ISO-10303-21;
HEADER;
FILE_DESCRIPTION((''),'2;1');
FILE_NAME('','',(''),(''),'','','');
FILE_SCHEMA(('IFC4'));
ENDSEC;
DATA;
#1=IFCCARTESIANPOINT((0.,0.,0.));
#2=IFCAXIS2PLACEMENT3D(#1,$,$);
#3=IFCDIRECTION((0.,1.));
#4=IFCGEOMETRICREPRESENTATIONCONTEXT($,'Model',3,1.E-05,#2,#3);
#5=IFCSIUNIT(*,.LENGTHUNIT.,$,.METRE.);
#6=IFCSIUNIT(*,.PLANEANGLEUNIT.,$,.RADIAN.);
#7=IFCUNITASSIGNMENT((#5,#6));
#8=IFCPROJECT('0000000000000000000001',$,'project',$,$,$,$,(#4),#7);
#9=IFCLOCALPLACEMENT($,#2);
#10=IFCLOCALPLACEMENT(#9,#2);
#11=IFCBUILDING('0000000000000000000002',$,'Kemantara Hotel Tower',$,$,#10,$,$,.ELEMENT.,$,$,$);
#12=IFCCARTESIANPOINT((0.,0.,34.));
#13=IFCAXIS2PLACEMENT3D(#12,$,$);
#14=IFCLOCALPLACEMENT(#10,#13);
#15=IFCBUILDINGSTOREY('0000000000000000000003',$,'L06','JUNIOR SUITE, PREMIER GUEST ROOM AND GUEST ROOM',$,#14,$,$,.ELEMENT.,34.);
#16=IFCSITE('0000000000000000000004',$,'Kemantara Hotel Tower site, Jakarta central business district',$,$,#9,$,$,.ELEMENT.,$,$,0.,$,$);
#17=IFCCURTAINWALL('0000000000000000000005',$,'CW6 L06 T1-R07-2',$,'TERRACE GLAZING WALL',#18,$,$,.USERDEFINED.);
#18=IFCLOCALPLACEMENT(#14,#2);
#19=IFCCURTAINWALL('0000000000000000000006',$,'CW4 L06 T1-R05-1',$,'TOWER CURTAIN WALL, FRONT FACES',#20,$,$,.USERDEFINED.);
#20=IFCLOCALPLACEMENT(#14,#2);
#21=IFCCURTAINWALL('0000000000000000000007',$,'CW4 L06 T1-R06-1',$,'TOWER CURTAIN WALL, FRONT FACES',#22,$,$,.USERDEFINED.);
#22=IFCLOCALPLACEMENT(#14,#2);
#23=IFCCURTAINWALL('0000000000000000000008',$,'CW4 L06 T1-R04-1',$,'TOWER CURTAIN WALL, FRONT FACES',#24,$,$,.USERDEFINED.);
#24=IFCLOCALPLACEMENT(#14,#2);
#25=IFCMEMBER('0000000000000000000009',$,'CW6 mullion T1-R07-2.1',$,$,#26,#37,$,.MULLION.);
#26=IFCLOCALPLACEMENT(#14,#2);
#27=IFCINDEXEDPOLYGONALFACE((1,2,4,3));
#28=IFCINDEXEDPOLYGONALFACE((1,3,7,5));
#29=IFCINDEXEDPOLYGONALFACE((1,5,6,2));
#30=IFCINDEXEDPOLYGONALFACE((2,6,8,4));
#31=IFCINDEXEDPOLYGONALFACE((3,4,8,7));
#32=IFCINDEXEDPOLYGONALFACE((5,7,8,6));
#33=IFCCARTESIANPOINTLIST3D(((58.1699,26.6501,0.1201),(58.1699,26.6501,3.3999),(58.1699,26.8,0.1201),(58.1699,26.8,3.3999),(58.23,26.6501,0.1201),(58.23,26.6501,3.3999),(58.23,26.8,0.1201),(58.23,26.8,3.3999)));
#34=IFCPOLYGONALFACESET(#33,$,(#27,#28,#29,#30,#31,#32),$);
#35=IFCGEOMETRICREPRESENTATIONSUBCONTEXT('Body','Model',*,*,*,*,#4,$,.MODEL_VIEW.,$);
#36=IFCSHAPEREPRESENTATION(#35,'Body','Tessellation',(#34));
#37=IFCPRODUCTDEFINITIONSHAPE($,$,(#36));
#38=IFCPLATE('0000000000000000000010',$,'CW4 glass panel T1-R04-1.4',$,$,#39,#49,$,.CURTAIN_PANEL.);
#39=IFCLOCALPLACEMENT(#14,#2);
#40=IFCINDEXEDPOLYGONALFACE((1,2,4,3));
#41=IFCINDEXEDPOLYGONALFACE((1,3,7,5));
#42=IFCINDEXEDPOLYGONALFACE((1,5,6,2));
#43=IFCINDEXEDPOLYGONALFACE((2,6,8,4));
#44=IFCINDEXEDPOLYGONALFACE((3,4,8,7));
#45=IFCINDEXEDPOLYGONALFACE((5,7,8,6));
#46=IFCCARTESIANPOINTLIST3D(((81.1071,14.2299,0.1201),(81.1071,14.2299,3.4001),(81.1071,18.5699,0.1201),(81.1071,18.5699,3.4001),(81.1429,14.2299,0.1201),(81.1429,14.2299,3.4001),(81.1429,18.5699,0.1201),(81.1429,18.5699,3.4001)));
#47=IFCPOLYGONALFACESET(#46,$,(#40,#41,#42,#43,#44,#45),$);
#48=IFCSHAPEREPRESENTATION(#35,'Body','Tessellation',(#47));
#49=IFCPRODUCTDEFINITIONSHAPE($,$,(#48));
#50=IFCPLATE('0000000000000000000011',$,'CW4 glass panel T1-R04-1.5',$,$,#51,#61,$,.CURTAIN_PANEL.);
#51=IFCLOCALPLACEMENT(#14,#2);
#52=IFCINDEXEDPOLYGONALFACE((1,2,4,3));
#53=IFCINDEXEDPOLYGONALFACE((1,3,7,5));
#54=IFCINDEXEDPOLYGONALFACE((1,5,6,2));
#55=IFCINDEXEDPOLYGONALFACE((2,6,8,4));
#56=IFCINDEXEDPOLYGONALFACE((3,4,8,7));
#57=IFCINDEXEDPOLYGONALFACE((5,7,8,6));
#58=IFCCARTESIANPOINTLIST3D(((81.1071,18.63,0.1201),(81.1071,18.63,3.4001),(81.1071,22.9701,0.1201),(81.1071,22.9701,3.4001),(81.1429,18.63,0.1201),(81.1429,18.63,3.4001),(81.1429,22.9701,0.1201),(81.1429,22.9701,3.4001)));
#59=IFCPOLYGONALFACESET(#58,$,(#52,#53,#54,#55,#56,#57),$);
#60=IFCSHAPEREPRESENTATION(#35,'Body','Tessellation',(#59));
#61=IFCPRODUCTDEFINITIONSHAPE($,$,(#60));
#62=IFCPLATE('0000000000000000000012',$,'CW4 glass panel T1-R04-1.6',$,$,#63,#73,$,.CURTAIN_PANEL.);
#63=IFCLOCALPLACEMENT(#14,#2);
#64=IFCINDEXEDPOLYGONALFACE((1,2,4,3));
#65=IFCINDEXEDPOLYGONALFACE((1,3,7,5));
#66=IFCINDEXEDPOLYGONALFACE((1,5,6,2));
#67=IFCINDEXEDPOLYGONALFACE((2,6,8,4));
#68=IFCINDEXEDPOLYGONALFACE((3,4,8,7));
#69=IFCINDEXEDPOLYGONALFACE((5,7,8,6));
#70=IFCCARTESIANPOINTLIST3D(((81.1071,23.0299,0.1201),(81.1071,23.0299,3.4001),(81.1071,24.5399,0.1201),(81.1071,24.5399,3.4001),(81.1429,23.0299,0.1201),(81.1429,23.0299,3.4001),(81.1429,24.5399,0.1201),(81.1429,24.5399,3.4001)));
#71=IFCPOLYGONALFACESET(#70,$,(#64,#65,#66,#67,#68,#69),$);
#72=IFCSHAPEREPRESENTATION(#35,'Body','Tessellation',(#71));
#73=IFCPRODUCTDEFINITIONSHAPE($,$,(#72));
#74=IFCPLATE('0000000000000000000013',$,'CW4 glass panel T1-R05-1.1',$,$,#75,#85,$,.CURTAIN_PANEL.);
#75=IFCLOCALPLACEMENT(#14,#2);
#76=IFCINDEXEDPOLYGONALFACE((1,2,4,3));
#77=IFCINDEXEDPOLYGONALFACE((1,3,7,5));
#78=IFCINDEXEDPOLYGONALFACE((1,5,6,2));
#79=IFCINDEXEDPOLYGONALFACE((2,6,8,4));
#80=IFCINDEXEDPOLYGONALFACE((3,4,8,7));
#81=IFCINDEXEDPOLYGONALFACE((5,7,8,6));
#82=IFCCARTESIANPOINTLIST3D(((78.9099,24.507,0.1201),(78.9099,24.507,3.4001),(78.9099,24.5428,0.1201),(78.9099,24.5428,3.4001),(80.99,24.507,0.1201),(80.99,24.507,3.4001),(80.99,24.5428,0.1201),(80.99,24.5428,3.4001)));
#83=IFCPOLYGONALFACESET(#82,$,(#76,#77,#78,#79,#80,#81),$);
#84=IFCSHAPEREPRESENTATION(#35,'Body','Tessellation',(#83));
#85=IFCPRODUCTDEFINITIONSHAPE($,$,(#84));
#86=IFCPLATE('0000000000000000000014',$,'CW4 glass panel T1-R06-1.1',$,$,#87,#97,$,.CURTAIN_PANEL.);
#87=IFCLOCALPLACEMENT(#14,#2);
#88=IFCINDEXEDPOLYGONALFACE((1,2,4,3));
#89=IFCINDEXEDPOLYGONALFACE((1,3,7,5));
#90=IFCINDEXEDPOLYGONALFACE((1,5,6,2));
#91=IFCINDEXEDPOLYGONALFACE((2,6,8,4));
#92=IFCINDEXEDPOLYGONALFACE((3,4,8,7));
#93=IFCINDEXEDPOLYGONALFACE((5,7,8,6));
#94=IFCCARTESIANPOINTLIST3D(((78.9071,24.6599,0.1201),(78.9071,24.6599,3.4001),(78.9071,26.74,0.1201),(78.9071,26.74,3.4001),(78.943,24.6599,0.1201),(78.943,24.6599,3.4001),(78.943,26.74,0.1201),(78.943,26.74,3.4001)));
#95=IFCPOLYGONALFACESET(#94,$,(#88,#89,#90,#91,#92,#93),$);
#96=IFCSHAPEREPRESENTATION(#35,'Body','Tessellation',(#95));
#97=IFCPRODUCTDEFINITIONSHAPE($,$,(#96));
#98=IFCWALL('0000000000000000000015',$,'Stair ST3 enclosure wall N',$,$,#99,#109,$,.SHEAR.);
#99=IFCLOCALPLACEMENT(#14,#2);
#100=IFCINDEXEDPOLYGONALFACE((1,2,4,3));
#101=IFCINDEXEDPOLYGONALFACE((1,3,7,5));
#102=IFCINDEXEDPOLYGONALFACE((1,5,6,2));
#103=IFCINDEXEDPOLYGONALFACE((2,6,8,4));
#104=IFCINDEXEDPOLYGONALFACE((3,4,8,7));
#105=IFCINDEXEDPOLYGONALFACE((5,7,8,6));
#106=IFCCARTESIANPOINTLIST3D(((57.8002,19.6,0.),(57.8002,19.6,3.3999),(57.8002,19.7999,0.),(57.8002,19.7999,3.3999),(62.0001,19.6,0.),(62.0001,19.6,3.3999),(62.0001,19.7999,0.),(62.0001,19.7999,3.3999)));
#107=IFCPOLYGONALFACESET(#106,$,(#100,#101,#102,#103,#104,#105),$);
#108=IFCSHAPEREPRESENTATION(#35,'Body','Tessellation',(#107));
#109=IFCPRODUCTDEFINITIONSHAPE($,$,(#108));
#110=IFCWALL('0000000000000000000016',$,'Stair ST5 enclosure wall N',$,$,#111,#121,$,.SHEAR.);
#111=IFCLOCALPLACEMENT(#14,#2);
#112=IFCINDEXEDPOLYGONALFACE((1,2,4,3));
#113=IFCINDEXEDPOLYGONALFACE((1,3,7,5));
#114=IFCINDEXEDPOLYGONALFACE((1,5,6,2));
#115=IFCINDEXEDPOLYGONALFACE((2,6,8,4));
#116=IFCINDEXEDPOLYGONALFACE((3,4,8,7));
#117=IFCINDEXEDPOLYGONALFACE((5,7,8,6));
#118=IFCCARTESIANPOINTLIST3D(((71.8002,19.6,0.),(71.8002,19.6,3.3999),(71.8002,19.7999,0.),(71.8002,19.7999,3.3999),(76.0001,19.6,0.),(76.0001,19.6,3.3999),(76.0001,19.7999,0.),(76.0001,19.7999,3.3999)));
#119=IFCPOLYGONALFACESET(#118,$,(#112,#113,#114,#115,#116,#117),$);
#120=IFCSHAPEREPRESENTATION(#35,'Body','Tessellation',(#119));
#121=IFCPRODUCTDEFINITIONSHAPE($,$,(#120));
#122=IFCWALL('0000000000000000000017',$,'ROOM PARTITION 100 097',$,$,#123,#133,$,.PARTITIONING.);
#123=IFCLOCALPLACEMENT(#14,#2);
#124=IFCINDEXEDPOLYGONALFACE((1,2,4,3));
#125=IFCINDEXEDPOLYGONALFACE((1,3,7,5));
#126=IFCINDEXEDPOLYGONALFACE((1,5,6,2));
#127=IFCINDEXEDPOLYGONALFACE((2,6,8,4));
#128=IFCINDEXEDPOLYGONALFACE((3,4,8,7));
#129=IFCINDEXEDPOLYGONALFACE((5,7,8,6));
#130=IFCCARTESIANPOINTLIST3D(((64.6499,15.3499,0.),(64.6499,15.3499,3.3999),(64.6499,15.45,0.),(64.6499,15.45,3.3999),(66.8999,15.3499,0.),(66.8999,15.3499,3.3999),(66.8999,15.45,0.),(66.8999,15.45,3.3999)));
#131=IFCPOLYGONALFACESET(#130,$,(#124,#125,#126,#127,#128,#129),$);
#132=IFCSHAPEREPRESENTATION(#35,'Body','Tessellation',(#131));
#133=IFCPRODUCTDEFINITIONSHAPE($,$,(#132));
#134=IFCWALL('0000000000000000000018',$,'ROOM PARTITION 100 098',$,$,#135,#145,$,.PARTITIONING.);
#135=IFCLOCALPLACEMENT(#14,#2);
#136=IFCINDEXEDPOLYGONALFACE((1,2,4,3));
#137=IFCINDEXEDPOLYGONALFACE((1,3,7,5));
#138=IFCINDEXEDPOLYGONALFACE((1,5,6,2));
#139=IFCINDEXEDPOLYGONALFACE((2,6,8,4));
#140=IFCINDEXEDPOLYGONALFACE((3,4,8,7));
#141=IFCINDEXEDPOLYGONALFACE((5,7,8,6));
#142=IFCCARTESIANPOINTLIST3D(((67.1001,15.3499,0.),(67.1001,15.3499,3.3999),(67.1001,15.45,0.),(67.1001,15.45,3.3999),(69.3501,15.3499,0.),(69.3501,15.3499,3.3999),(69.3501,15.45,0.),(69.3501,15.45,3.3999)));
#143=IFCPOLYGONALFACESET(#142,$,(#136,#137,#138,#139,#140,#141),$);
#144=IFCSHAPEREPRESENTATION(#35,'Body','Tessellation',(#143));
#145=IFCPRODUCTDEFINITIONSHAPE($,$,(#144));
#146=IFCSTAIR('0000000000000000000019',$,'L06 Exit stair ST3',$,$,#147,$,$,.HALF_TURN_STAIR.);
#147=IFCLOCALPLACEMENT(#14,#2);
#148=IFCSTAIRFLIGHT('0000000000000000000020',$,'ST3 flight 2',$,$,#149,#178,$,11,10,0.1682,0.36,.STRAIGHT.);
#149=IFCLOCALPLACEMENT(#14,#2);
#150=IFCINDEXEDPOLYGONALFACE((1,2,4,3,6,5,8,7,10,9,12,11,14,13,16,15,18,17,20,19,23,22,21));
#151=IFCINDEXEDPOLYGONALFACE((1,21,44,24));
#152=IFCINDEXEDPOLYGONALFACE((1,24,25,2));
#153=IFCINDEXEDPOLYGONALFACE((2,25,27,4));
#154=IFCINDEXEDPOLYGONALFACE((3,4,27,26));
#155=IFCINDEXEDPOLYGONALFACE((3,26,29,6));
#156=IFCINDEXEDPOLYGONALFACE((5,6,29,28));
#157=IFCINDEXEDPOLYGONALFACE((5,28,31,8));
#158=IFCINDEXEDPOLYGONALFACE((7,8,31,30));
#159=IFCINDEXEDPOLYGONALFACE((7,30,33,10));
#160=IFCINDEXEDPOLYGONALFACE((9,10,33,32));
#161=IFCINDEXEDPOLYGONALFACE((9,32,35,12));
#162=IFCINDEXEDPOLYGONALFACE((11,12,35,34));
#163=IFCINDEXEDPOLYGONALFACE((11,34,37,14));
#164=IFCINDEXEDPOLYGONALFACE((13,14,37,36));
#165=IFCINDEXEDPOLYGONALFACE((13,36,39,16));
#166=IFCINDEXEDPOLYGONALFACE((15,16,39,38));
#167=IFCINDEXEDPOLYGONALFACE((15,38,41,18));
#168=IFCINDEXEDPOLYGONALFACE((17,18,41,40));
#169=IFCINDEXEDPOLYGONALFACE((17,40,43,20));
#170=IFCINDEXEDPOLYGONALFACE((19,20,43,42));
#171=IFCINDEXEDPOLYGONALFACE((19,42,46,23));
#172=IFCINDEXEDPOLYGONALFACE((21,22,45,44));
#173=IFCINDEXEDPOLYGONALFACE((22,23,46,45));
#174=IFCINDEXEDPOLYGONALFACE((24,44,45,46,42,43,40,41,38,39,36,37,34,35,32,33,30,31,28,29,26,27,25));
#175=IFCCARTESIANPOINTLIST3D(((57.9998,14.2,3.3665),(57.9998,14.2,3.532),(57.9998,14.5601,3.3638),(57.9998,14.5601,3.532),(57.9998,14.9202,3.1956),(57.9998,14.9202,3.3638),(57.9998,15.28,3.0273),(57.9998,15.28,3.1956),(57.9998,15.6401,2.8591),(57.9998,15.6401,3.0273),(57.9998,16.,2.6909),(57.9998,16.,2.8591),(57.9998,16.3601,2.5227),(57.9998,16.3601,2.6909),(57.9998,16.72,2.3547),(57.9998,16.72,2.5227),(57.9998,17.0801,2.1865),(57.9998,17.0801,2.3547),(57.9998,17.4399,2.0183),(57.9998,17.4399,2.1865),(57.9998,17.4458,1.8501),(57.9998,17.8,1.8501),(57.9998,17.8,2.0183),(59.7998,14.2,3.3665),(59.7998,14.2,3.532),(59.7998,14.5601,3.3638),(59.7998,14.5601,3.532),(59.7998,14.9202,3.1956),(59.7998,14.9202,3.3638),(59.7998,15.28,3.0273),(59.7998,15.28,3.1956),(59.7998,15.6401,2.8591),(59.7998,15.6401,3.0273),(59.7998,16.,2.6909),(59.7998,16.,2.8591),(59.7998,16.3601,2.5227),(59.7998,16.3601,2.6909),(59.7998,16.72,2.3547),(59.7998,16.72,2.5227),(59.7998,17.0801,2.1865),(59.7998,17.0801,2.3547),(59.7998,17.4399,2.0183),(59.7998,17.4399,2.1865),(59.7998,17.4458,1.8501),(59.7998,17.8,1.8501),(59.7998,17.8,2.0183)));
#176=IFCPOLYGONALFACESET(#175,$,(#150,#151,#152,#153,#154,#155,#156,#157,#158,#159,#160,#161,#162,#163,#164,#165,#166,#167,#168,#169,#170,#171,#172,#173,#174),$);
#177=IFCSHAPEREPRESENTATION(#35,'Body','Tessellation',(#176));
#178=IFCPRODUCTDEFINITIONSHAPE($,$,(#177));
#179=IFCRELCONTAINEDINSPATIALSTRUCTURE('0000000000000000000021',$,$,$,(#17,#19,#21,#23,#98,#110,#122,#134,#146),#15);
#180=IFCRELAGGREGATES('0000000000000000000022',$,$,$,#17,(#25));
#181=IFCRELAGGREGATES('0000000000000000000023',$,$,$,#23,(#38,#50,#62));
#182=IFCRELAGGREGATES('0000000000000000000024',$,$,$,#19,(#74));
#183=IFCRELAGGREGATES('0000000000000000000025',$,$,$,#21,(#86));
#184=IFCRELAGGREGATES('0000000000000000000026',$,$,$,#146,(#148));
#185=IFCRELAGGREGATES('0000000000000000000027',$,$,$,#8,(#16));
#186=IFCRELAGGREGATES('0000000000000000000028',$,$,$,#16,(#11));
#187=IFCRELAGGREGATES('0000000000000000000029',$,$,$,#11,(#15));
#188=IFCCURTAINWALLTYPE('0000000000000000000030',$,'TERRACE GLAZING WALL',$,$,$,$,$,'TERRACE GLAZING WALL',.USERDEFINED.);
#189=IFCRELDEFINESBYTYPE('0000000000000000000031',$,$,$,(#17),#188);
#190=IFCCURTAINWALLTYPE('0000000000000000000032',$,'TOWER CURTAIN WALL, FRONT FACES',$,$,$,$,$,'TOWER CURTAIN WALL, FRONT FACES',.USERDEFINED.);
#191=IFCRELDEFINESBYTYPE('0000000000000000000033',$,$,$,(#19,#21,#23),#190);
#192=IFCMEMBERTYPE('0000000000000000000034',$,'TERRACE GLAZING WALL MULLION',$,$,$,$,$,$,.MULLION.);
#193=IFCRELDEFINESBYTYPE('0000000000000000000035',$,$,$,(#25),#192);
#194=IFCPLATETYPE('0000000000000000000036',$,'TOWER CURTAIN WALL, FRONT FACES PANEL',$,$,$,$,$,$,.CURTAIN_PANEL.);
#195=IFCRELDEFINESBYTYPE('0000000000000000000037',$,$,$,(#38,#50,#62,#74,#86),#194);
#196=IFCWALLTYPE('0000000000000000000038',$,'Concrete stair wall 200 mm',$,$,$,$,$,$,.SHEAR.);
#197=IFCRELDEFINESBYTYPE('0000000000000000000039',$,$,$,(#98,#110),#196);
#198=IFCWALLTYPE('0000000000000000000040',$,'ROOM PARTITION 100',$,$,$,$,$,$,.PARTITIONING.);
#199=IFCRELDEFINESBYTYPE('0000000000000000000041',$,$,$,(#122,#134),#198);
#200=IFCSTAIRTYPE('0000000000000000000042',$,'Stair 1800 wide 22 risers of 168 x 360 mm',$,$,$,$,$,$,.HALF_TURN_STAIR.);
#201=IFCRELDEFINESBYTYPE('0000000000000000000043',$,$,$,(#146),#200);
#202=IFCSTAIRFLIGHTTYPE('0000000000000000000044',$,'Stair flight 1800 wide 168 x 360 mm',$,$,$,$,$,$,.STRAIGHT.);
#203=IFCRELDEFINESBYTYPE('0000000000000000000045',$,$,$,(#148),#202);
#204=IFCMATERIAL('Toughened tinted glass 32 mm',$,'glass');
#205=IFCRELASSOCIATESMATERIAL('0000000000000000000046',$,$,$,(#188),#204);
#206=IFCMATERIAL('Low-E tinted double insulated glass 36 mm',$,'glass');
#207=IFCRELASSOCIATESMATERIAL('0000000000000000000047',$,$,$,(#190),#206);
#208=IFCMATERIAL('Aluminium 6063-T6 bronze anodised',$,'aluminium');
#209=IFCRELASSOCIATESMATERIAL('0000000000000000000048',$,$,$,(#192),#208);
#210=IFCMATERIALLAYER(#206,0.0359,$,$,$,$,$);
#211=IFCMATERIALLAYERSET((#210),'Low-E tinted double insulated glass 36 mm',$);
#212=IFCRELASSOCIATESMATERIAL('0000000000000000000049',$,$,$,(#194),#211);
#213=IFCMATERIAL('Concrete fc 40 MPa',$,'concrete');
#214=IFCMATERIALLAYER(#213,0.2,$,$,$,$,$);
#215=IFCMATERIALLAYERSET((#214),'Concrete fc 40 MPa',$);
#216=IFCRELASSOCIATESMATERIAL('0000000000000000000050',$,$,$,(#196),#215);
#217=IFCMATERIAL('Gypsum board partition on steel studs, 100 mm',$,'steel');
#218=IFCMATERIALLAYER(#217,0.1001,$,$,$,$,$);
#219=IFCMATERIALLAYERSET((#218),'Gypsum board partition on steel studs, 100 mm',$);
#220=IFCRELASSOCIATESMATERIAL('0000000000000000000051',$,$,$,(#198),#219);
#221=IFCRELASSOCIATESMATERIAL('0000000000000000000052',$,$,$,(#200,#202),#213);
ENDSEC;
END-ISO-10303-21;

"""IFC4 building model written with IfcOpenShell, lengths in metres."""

from ifc_helpers import new_model, si_unit, direction, frame, frame_2d, origin, origin_2d, place, context, subcontext, project, spatial, polyline, rectangle, outline, extrude, source, transform, mapped, material, layer, layer_set, material_profile, profile_set, type_object, element, aggregate, save


model = new_model("IFC4")

# Units and contexts
model_context = context("Model", 3, precision=1e-05, world=origin(), true_north=direction((0.0, 1.0)))
body_context = subcontext(model_context, "Body", "Model", "MODEL_VIEW")
ifc_project = project(units=[si_unit("LENGTHUNIT", "METRE"), si_unit("PLANEANGLEUNIT", "RADIAN")], contexts=[model_context])

# Site, building, storey
site_placement = place(None, origin())
site = spatial("IfcSite", under=ifc_project, at=site_placement, Name="Kemantara Hotel Tower site, Jakarta central business district", CompositionType="ELEMENT", RefElevation=0.0)
building_placement = place(site_placement, origin())
building = spatial("IfcBuilding", under=site, at=building_placement, Name="Kemantara Hotel Tower", CompositionType="ELEMENT")
storey_placement = place(building_placement, frame((0.0, 0.0, 34.0)))
storey = spatial("IfcBuildingStorey", under=building, at=storey_placement, Name="L06", Description="JUNIOR SUITE, PREMIER GUEST ROOM AND GUEST ROOM", CompositionType="ELEMENT", Elevation=34.0)

# Curtain walls
ifc_material_1 = material(Name="Toughened tinted glass 32 mm", Category="glass")
curtain_wall_type_1 = type_object("IfcCurtainWallType", Name="TERRACE GLAZING WALL", ElementType="TERRACE GLAZING WALL", PredefinedType="USERDEFINED", material=ifc_material_1)
curtain_wall_1_placement = place(storey_placement, origin())
curtain_wall_1 = element("IfcCurtainWall", 1, at=curtain_wall_1_placement, inside=storey, type_object=curtain_wall_type_1, Name="CW6 L06 T1-R07-2", ObjectType="TERRACE GLAZING WALL", PredefinedType="USERDEFINED")
ifc_material_2 = material(Name="Aluminium 6063-T6 bronze anodised", Category="aluminium")
ifc_material_3 = material(Name="Low-E tinted double insulated glass 36 mm", Category="glass")
curtain_wall_type_2 = type_object("IfcCurtainWallType", Name="TOWER CURTAIN WALL, FRONT FACES", ElementType="TOWER CURTAIN WALL, FRONT FACES", PredefinedType="USERDEFINED", material=ifc_material_3)
curtain_wall_2_placement = place(storey_placement, origin())
curtain_wall_2 = element("IfcCurtainWall", 2, at=curtain_wall_2_placement, inside=storey, type_object=curtain_wall_type_2, Name="CW4 L06 T1-R05-1", ObjectType="TOWER CURTAIN WALL, FRONT FACES", PredefinedType="USERDEFINED")
curtain_wall_3_placement = place(storey_placement, origin())
curtain_wall_3 = element("IfcCurtainWall", 3, at=curtain_wall_3_placement, inside=storey, type_object=curtain_wall_type_2, Name="CW4 L06 T1-R06-1", ObjectType="TOWER CURTAIN WALL, FRONT FACES", PredefinedType="USERDEFINED")

# Curtain wall
curtain_wall_4_placement = place(storey_placement, origin())
curtain_wall_4 = element("IfcCurtainWall", 4, at=curtain_wall_4_placement, inside=storey, type_object=curtain_wall_type_2, Name="CW4 L06 T1-R04-1", ObjectType="TOWER CURTAIN WALL, FRONT FACES", PredefinedType="USERDEFINED")

# Member
ifc_material_profile_1 = material_profile(ifc_material_2, rectangle(XDim=0.1499, YDim=0.0601, at=origin_2d()), Name="TERRACE GLAZING WALL MULLION")
ifc_profile_set_1 = profile_set([ifc_material_profile_1], Name="Aluminium 6063-T6 bronze anodised")
member_type_1 = type_object("IfcMemberType", Name="TERRACE GLAZING WALL MULLION", PredefinedType="MULLION", material=ifc_profile_set_1)
shared_shape_1 = source(origin(), body_context, "Body", "SweptSolid", [
    extrude(rectangle(XDim=0.1499, YDim=0.0601, at=origin_2d()), origin(), (0.0, 0.0, 1.0), 3.2798),
])
member_1_placement = place(storey_placement, frame((58.2, 26.7251, 0.1201), z_axis=(0.0, 0.0, 1.0), x_axis=(0.0, -1.0, 0.0)))
member_1 = element("IfcMember", 5, at=member_1_placement, type_object=member_type_1, Name="CW6 mullion T1-R07-2.1", PredefinedType="MULLION", context=body_context, shape_type="MappedRepresentation", body=[
    mapped(shared_shape_1, transform((0.0, 0.0, 0.0))),
])
aggregate(curtain_wall_1, [member_1])

# Plates
ifc_layer_1 = layer(ifc_material_3, 0.0359)
ifc_layer_set_1 = layer_set([ifc_layer_1], Name="Low-E tinted double insulated glass 36 mm")
plate_type = type_object("IfcPlateType", Name="TOWER CURTAIN WALL, FRONT FACES PANEL", PredefinedType="CURTAIN_PANEL", material=ifc_layer_set_1)
shared_shape_2 = source(origin(), body_context, "Body", "SweptSolid", [
    extrude(rectangle(XDim=4.3401, YDim=0.0359, at=origin_2d()), origin(), (0.0, 0.0, 1.0), 3.28),
])
plate_1_placement = place(storey_placement, frame((81.125, 16.3999, 0.1201), z_axis=(0.0, 0.0, 1.0), x_axis=(0.0, 1.0, 0.0)))
plate_1 = element("IfcPlate", 6, at=plate_1_placement, type_object=plate_type, Name="CW4 glass panel T1-R04-1.4", PredefinedType="CURTAIN_PANEL", context=body_context, shape_type="MappedRepresentation", body=[
    mapped(shared_shape_2, transform((0.0, 0.0, 0.0))),
])
plate_2_placement = place(storey_placement, frame((81.125, 20.8, 0.1201), z_axis=(0.0, 0.0, 1.0), x_axis=(0.0, 1.0, 0.0)))
plate_2 = element("IfcPlate", 7, at=plate_2_placement, type_object=plate_type, Name="CW4 glass panel T1-R04-1.5", PredefinedType="CURTAIN_PANEL", context=body_context, shape_type="MappedRepresentation", body=[
    mapped(shared_shape_2, transform((0.0, 0.0, 0.0))),
])
shared_shape_3 = source(origin(), body_context, "Body", "SweptSolid", [
    extrude(rectangle(XDim=1.51, YDim=0.0359, at=origin_2d()), origin(), (0.0, 0.0, 1.0), 3.28),
])
plate_3_placement = place(storey_placement, frame((81.125, 23.7849, 0.1201), z_axis=(0.0, 0.0, 1.0), x_axis=(0.0, 1.0, 0.0)))
plate_3 = element("IfcPlate", 8, at=plate_3_placement, type_object=plate_type, Name="CW4 glass panel T1-R04-1.6", PredefinedType="CURTAIN_PANEL", context=body_context, shape_type="MappedRepresentation", body=[
    mapped(shared_shape_3, transform((0.0, 0.0, 0.0))),
])
aggregate(curtain_wall_4, [plate_1, plate_2, plate_3])
shared_shape_4 = source(origin(), body_context, "Body", "SweptSolid", [
    extrude(rectangle(XDim=2.0801, YDim=0.0359, at=origin_2d()), origin(), (0.0, 0.0, 1.0), 3.28),
])
plate_4_placement = place(storey_placement, frame((79.95, 24.5249, 0.1201), z_axis=(0.0, 0.0, 1.0), x_axis=(-1.0, 0.0, 0.0)))
plate_4 = element("IfcPlate", 9, at=plate_4_placement, type_object=plate_type, Name="CW4 glass panel T1-R05-1.1", PredefinedType="CURTAIN_PANEL", context=body_context, shape_type="MappedRepresentation", body=[
    mapped(shared_shape_4, transform((0.0, 0.0, 0.0))),
])
aggregate(curtain_wall_2, [plate_4])
plate_5_placement = place(storey_placement, frame((78.925, 25.7, 0.1201), z_axis=(0.0, 0.0, 1.0), x_axis=(0.0, 1.0, 0.0)))
plate_5 = element("IfcPlate", 10, at=plate_5_placement, type_object=plate_type, Name="CW4 glass panel T1-R06-1.1", PredefinedType="CURTAIN_PANEL", context=body_context, shape_type="MappedRepresentation", body=[
    mapped(shared_shape_4, transform((0.0, 0.0, 0.0))),
])
aggregate(curtain_wall_3, [plate_5])

# Walls
ifc_material_4 = material(Name="Concrete fc 40 MPa", Category="concrete")
ifc_layer_2 = layer(ifc_material_4, 0.2)
ifc_layer_set_2 = layer_set([ifc_layer_2], Name="Concrete fc 40 MPa")
wall_type_1 = type_object("IfcWallType", Name="Concrete stair wall 200 mm", PredefinedType="SHEAR", material=ifc_layer_set_2)
for number, where, z_axis, x_axis, name in (
    (11, (57.8, 19.7, 0.0), (0.0, 0.0, 1.0), (1.0, 0.0, 0.0), "Stair ST3 enclosure wall N"),
    (12, (71.8, 19.7, 0.0), (0.0, 0.0, 1.0), (1.0, 0.0, 0.0), "Stair ST5 enclosure wall N"),
):
    element("IfcWall", number, at=place(storey_placement, frame(where, z_axis=z_axis, x_axis=x_axis)), inside=storey, type_object=wall_type_1, Name=name, PredefinedType="SHEAR", context=body_context, shape_type="SweptSolid", body=[
        extrude(rectangle(XDim=4.2, YDim=0.2, at=frame_2d((2.1001, 0.0))), origin(), (0.0, 0.0, 1.0), 3.3999),
    ])
ifc_material_5 = material(Name="Gypsum board partition on steel studs, 100 mm", Category="steel")
ifc_layer_3 = layer(ifc_material_5, 0.1001)
ifc_layer_set_3 = layer_set([ifc_layer_3], Name="Gypsum board partition on steel studs, 100 mm")
wall_type_2 = type_object("IfcWallType", Name="ROOM PARTITION 100", PredefinedType="PARTITIONING", material=ifc_layer_set_3)
for number, where, z_axis, x_axis, name in (
    (13, (64.6499, 15.3999, 0.0), (0.0, 0.0, 1.0), (1.0, 0.0, 0.0), "ROOM PARTITION 100 097"),
    (14, (67.1001, 15.3999, 0.0), (0.0, 0.0, 1.0), (1.0, 0.0, 0.0), "ROOM PARTITION 100 098"),
):
    element("IfcWall", number, at=place(storey_placement, frame(where, z_axis=z_axis, x_axis=x_axis)), inside=storey, type_object=wall_type_2, Name=name, PredefinedType="PARTITIONING", context=body_context, shape_type="SweptSolid", body=[
        extrude(rectangle(XDim=2.25, YDim=0.1001, at=frame_2d((1.125, 0.0))), origin(), (0.0, 0.0, 1.0), 3.3999),
    ])

# Stair, stair flight
stair_type = type_object("IfcStairType", Name="Stair 1800 wide 22 risers of 168 x 360 mm", PredefinedType="HALF_TURN_STAIR", material=ifc_material_4)
stair_1_placement = place(storey_placement, origin())
stair_1 = element("IfcStair", 15, at=stair_1_placement, inside=storey, type_object=stair_type, Name="L06 Exit stair ST3", PredefinedType="HALF_TURN_STAIR")
stair_flight_type = type_object("IfcStairFlightType", Name="Stair flight 1800 wide 168 x 360 mm", PredefinedType="STRAIGHT", material=ifc_material_4)
stair_flight_1_placement = place(storey_placement, frame((58.8999, 17.8, 1.8501), z_axis=(0.0, 0.0, 1.0), x_axis=(0.0, -1.0, 0.0)))
stair_flight_1 = element("IfcStairFlight", 16, at=stair_flight_1_placement, type_object=stair_flight_type, Name="ST3 flight 2", NumberOfRisers=11, NumberOfTreads=10, PredefinedType="STRAIGHT", RiserHeight=0.1682, TreadLength=0.36, context=body_context, shape_type="SweptSolid", body=[
    extrude(outline(polyline([(0.0, 0.0), (0.0, 0.1682), (0.3601, 0.1682), (0.3601, 0.3364), (0.72, 0.3364), (0.72, 0.5046), (1.0801, 0.5046), (1.0801, 0.6726), (1.4399, 0.6726), (1.4399, 0.8408), (1.8, 0.8408), (1.8, 1.009), (2.1599, 1.009), (2.1599, 1.1772), (2.52, 1.1772), (2.52, 1.3455), (2.8799, 1.3455), (2.8799, 1.5137), (3.24, 1.5137), (3.24, 1.6819), (3.6001, 1.6819), (3.6001, 1.8501), (3.6001, 1.5164), (0.3542, 0.0), (0.0, 0.0)])), frame((0.0, 0.8999, 0.0), z_axis=(0.0, -1.0, 0.0), x_axis=(1.0, 0.0, 0.0)), (0.0, 0.0, 1.0), 1.8),
])
aggregate(stair_1, [stair_flight_1])

save(model, "model.ifc")
